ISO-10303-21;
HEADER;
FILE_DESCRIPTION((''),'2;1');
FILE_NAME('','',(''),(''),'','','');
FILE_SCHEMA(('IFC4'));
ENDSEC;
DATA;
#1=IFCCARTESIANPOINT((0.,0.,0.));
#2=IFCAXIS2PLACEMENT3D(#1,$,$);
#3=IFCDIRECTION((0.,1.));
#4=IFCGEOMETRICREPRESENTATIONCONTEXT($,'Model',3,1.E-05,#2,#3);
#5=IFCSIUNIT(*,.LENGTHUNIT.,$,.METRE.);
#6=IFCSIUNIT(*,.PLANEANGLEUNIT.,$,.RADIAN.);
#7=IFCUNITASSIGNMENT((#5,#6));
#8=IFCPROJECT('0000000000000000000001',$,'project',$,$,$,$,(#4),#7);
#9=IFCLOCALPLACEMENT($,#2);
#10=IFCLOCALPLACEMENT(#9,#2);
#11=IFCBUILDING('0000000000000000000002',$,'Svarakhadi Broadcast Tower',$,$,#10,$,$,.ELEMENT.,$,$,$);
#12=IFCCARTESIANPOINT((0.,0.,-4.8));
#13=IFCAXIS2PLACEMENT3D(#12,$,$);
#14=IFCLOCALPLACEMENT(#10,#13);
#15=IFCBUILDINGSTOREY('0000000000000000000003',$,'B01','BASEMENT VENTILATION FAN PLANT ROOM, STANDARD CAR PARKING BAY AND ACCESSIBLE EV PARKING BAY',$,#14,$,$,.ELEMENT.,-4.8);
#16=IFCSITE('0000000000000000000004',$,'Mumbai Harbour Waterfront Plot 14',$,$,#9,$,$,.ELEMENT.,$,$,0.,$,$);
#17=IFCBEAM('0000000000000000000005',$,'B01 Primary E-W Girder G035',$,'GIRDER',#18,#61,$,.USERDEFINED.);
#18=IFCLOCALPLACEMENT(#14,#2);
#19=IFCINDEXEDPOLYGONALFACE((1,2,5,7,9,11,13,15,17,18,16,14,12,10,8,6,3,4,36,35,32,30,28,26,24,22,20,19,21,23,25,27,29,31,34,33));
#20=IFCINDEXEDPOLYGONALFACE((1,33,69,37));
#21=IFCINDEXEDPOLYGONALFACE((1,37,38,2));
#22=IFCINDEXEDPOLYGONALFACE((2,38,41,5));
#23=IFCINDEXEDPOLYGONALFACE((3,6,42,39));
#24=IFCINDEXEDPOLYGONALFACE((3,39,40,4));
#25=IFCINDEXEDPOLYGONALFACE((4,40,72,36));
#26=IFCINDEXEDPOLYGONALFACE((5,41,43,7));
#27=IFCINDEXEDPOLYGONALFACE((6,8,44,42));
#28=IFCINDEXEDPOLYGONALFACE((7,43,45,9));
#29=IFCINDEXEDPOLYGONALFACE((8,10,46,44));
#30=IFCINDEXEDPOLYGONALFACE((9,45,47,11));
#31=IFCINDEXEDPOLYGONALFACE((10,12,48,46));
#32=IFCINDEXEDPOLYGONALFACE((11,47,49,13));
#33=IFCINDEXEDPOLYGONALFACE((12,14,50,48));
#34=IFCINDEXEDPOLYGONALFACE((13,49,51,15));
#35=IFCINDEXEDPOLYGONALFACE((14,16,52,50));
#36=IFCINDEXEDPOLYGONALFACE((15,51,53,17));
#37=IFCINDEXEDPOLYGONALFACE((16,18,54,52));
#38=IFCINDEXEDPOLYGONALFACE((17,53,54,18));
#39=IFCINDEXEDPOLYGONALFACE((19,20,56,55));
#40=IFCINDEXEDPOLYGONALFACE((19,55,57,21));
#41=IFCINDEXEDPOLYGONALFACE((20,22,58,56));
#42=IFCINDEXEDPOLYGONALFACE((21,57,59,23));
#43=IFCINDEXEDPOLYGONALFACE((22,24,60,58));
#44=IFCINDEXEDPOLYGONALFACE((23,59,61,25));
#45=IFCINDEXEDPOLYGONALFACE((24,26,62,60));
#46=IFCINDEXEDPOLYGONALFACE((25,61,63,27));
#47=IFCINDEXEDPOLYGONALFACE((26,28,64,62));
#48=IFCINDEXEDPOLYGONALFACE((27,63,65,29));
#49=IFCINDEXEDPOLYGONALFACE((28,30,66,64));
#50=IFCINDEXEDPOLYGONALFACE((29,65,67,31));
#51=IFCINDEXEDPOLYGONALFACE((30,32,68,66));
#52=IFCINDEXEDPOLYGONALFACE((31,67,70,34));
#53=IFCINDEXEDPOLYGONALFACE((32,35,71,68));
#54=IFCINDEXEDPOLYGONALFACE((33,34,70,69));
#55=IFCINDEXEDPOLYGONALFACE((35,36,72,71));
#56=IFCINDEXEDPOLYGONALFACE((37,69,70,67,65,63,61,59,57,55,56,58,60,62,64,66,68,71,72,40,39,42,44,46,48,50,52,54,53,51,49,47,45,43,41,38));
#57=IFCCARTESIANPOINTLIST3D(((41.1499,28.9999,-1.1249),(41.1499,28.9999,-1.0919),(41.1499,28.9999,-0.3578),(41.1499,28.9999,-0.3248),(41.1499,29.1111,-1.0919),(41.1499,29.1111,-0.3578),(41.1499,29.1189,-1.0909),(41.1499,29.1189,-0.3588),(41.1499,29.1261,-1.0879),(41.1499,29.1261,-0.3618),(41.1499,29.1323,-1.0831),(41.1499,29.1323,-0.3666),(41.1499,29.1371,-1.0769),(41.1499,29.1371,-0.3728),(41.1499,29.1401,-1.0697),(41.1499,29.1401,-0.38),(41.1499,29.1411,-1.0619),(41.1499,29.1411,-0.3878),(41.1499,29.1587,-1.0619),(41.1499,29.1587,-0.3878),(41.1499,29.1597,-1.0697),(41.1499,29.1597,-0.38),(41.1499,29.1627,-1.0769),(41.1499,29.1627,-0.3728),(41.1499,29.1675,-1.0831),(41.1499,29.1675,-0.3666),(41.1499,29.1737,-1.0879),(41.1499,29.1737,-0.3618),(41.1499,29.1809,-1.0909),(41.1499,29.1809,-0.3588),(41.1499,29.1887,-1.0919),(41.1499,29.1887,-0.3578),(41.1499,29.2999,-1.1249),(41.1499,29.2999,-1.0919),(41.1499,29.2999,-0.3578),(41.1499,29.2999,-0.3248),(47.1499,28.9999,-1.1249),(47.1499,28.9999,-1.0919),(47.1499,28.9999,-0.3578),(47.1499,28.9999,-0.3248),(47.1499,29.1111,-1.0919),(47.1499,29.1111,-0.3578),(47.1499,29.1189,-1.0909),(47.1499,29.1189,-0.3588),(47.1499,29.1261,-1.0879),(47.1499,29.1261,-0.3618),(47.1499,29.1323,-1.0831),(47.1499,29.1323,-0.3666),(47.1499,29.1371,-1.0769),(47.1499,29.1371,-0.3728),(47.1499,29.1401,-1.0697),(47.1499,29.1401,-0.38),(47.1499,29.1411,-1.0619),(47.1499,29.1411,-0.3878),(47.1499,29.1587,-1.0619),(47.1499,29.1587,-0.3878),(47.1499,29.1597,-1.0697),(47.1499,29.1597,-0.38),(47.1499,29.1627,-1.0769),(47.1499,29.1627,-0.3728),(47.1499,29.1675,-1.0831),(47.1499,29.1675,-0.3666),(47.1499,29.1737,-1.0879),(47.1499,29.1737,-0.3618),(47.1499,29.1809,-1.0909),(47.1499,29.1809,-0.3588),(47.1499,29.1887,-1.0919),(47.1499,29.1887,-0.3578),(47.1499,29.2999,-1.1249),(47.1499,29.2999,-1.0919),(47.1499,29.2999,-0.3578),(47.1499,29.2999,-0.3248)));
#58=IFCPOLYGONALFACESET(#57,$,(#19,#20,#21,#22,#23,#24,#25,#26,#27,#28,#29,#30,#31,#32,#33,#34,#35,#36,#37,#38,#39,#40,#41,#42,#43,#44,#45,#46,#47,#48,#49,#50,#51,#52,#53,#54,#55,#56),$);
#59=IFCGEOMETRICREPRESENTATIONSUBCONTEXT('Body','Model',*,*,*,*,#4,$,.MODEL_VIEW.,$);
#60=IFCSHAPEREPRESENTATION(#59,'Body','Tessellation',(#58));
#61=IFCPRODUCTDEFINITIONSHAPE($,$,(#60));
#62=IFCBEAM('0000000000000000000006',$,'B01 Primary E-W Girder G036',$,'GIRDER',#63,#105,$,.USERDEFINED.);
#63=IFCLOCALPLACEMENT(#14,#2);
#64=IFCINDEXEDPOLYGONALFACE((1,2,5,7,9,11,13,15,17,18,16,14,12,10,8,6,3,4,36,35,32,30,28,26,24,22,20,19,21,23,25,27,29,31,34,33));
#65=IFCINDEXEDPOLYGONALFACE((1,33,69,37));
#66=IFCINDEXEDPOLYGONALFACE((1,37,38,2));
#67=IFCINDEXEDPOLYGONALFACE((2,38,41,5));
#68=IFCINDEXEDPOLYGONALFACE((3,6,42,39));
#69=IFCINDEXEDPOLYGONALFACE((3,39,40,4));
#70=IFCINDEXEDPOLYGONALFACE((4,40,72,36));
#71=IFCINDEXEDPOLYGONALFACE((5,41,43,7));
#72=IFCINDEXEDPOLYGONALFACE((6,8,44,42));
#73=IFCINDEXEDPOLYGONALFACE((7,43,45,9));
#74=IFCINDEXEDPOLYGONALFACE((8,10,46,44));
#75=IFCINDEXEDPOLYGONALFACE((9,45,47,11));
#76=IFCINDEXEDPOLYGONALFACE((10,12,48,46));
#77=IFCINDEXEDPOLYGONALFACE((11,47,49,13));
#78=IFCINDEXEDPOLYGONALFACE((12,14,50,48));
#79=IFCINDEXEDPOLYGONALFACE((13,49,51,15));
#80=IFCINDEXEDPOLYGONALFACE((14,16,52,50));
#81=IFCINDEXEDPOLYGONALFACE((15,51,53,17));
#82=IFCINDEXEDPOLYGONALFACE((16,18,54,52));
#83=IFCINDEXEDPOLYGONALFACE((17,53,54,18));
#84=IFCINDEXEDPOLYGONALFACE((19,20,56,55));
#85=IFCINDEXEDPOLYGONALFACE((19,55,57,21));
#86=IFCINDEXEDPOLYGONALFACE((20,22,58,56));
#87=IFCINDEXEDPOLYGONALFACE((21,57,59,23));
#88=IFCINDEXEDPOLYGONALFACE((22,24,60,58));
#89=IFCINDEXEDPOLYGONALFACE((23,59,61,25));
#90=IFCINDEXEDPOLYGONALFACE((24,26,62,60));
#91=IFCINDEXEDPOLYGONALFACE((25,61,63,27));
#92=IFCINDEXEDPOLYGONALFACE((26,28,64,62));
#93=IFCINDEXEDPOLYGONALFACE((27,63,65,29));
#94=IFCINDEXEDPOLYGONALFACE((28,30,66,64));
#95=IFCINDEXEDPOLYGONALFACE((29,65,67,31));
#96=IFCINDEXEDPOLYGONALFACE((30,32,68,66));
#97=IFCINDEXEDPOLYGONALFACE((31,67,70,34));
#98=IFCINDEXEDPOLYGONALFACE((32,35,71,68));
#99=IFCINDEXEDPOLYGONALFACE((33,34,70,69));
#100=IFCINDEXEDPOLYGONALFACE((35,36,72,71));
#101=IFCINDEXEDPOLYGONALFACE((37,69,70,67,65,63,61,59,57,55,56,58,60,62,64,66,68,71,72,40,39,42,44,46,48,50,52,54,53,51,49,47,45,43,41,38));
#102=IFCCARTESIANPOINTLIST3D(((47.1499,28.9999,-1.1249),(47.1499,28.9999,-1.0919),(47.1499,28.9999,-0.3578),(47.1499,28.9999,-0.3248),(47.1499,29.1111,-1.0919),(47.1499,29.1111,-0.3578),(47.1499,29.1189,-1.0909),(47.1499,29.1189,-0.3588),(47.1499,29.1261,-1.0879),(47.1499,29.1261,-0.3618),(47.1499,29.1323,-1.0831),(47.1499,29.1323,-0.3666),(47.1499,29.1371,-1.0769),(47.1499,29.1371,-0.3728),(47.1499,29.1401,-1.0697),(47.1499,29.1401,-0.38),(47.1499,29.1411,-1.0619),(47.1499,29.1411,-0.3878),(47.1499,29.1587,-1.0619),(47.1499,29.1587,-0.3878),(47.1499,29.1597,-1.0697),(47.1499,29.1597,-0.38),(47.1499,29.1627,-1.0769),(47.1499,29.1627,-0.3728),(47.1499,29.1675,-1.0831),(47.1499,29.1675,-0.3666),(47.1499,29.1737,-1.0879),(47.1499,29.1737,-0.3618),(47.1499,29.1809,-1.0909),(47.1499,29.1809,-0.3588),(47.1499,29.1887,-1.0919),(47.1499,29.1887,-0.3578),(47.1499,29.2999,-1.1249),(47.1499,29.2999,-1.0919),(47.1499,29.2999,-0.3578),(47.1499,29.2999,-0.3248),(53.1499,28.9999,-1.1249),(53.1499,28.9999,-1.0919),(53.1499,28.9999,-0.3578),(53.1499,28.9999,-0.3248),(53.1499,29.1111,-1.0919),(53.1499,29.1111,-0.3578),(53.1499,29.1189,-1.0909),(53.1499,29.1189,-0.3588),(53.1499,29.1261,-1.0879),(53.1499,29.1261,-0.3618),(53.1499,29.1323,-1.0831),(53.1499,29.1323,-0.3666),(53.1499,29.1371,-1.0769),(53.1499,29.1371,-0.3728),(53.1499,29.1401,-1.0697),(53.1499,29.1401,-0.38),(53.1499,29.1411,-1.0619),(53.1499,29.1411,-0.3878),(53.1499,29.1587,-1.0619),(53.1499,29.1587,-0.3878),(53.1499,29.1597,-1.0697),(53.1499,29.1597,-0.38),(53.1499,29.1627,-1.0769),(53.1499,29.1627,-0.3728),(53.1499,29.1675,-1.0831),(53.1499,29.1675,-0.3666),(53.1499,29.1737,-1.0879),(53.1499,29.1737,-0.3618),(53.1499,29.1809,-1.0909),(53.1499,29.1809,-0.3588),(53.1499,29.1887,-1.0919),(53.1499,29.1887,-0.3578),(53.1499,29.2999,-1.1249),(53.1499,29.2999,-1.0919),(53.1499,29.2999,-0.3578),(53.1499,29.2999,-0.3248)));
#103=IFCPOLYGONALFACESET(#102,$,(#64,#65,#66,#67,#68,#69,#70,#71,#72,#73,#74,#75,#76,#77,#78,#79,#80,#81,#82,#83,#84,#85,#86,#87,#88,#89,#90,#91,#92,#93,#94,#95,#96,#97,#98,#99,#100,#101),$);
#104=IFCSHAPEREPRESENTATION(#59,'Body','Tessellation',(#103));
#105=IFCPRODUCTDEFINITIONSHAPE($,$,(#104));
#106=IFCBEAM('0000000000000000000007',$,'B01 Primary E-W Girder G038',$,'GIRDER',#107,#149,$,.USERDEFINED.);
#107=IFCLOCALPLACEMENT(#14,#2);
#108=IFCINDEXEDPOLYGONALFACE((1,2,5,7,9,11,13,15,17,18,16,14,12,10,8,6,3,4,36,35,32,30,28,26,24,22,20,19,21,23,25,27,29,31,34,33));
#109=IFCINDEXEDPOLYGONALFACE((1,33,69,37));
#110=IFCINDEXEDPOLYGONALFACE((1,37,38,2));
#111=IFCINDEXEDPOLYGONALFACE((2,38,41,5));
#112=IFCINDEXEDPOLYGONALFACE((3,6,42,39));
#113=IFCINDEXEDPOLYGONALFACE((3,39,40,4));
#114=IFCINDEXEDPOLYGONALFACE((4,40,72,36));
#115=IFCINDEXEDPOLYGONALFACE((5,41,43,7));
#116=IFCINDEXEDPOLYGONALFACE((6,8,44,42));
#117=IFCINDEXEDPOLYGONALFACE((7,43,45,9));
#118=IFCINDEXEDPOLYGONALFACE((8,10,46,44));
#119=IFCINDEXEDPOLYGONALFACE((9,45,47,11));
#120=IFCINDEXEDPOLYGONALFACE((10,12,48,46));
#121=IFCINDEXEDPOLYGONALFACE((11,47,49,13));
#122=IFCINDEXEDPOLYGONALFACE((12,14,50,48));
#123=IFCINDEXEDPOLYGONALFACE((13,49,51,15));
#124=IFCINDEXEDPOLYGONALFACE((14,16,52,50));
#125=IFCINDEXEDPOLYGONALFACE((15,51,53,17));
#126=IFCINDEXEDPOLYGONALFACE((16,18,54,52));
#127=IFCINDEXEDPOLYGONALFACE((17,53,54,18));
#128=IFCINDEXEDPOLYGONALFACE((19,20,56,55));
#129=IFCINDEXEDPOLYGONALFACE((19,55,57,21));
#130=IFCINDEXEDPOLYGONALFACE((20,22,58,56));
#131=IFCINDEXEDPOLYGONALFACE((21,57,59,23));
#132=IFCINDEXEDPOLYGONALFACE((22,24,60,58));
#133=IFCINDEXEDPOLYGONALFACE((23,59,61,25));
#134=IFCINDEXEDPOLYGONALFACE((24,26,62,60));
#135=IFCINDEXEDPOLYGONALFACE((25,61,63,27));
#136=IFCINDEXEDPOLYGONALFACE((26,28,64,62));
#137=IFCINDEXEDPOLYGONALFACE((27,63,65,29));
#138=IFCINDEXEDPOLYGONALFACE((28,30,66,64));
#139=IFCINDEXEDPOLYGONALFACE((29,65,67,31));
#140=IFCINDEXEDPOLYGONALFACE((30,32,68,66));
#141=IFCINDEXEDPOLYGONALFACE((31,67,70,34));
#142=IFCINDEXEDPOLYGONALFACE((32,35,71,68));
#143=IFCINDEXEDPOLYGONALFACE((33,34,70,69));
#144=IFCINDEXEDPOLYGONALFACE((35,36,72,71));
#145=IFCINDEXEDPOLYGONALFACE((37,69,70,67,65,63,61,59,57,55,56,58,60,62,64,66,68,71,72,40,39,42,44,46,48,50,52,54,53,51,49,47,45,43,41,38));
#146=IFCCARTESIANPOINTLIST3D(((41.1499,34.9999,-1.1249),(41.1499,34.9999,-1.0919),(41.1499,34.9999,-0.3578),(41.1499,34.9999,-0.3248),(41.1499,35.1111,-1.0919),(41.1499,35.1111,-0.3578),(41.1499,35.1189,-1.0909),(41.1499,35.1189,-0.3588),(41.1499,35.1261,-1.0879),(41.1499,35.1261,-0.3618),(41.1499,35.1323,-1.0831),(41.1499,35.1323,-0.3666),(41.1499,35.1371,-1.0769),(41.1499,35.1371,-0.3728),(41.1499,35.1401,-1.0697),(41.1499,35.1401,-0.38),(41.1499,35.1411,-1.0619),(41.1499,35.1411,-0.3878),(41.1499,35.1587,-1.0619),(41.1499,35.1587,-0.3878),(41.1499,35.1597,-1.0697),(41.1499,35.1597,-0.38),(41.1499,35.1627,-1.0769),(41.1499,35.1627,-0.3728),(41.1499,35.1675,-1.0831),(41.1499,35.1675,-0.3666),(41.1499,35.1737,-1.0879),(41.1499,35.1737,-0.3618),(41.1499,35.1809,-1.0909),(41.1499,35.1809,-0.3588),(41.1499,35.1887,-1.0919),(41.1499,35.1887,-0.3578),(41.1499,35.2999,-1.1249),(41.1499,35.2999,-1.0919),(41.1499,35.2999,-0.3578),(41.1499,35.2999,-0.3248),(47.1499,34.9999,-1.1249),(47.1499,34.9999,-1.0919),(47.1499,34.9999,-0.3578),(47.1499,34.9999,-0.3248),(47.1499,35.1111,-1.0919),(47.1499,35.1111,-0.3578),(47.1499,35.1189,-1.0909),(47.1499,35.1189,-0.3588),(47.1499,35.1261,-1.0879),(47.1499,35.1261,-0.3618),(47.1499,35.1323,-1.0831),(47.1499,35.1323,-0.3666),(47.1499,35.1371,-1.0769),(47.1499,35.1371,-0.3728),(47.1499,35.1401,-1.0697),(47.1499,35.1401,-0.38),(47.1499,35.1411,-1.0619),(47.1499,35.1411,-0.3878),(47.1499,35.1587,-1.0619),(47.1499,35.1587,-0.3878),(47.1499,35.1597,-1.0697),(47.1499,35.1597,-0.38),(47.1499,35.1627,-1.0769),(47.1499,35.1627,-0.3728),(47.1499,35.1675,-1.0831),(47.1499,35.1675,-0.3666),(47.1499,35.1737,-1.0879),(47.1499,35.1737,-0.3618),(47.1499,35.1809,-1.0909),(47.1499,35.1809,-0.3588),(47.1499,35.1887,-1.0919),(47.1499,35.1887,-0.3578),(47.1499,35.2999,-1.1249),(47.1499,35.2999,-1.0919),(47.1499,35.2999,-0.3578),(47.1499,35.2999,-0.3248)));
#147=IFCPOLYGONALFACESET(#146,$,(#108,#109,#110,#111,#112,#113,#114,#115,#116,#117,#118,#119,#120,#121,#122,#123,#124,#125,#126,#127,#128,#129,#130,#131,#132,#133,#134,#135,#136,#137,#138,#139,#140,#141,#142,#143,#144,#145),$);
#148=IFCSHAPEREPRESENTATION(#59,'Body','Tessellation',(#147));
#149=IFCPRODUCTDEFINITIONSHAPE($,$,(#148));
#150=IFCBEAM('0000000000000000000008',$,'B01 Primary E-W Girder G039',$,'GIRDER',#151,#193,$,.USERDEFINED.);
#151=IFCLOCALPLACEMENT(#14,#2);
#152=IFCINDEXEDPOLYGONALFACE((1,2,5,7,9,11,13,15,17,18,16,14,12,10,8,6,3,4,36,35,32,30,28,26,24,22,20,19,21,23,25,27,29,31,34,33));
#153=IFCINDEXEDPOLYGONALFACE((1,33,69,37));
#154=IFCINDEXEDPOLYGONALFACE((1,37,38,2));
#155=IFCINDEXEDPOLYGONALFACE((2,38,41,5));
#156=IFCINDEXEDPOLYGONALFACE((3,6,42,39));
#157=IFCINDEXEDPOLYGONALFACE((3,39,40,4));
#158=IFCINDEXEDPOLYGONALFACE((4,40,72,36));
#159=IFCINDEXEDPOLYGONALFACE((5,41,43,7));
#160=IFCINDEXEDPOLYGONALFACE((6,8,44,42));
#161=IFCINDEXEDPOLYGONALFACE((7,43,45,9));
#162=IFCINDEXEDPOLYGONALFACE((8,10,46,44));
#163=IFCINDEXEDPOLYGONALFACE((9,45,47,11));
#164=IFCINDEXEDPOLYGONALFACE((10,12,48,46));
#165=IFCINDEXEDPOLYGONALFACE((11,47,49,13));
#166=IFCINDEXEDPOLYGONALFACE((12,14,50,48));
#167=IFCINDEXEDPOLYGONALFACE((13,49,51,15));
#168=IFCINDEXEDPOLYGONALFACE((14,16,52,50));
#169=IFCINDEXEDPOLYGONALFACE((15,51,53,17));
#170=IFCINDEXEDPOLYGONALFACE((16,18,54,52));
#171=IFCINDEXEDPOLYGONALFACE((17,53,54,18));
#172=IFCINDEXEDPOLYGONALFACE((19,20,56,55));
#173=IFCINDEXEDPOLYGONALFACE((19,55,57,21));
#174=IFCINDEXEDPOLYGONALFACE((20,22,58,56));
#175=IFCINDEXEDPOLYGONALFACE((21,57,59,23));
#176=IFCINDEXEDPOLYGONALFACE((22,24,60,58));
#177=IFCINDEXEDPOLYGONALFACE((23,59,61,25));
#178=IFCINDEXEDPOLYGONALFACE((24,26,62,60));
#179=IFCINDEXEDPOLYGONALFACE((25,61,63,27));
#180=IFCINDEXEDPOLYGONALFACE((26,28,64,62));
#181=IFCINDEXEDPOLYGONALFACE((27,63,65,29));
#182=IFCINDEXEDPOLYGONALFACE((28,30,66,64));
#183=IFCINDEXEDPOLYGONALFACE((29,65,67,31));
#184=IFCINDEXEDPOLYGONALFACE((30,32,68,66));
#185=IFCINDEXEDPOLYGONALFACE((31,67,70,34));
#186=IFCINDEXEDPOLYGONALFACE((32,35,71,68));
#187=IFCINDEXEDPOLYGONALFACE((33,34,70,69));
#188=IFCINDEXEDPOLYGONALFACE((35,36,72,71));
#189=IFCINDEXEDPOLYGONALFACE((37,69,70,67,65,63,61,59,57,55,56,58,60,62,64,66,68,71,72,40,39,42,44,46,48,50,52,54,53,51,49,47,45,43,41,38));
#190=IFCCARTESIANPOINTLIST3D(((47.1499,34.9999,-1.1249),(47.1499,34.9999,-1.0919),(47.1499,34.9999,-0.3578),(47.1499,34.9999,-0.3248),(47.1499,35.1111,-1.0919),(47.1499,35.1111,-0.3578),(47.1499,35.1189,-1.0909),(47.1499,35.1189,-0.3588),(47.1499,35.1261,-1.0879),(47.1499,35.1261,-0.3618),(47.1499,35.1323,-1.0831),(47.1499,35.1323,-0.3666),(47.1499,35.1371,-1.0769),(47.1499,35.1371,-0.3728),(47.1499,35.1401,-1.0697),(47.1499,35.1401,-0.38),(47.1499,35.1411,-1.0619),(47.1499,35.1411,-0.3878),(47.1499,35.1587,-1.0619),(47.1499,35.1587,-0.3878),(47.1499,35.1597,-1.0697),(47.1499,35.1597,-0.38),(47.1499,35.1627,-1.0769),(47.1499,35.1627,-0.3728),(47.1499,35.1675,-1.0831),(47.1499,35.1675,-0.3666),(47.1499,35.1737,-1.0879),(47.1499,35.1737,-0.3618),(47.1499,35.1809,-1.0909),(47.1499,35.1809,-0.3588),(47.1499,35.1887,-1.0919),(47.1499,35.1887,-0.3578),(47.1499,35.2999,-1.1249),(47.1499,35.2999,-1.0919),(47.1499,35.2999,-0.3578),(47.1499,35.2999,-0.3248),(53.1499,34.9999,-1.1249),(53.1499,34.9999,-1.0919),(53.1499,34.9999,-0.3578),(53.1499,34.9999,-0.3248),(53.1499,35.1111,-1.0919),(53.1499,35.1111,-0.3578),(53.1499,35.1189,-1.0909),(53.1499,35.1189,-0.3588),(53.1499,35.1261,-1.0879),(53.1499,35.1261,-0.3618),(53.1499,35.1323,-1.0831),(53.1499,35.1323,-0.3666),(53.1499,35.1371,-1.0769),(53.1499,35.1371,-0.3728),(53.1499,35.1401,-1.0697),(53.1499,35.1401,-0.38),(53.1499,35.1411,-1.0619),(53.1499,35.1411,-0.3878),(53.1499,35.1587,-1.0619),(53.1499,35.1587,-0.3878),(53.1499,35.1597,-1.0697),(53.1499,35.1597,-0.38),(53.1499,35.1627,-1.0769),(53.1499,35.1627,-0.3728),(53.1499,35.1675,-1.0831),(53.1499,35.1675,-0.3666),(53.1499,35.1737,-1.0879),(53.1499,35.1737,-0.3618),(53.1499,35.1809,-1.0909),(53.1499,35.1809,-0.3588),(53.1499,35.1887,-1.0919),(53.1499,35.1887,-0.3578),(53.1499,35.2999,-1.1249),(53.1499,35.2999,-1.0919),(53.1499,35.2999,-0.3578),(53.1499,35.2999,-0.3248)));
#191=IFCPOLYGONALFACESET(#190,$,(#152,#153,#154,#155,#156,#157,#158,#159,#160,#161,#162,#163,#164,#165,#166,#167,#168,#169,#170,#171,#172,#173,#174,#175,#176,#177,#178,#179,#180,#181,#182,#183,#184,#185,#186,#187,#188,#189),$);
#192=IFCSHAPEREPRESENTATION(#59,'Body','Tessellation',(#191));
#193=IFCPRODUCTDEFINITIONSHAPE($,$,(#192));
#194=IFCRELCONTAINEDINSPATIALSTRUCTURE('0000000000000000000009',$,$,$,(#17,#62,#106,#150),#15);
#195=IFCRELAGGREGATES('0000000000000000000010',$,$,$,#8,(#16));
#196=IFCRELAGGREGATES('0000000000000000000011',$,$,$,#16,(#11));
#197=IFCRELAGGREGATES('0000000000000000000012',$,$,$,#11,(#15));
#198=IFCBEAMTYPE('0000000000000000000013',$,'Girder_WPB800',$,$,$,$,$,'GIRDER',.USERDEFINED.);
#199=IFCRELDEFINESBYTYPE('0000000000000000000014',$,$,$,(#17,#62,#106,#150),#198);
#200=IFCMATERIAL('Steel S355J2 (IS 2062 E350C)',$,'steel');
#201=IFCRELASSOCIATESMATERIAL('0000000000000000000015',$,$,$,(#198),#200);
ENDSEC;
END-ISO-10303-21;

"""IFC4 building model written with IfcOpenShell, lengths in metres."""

from ifc_helpers import new_model, si_unit, direction, frame, origin, origin_2d, place, context, subcontext, project, spatial, i_section, extrude, material, material_profile, profile_set, type_object, element, save


model = new_model("IFC4")

# Units and contexts
model_context = context("Model", 3, precision=1e-05, world=origin(), true_north=direction((0.0, 1.0)))
body_context = subcontext(model_context, "Body", "Model", "MODEL_VIEW")
ifc_project = project(units=[si_unit("LENGTHUNIT", "METRE"), si_unit("PLANEANGLEUNIT", "RADIAN")], contexts=[model_context])

# Site, building, storey
site_placement = place(None, origin())
site = spatial("IfcSite", under=ifc_project, at=site_placement, Name="Mumbai Harbour Waterfront Plot 14", CompositionType="ELEMENT", RefElevation=0.0)
building_placement = place(site_placement, origin())
building = spatial("IfcBuilding", under=site, at=building_placement, Name="Svarakhadi Broadcast Tower", CompositionType="ELEMENT")
storey_placement = place(building_placement, frame((0.0, 0.0, -4.8)))
storey = spatial("IfcBuildingStorey", under=building, at=storey_placement, Name="B01", Description="BASEMENT VENTILATION FAN PLANT ROOM, STANDARD CAR PARKING BAY AND ACCESSIBLE EV PARKING BAY", CompositionType="ELEMENT", Elevation=-4.8)

# Beams
ifc_material_1 = material(Name="Steel S355J2 (IS 2062 E350C)", Category="steel")
ifc_material_profile_1 = material_profile(ifc_material_1, i_section(OverallWidth=0.3, OverallDepth=0.8, WebThickness=0.0176, FlangeThickness=0.033, FilletRadius=0.03, at=origin_2d()), Name="WPB 800x300x262")
ifc_profile_set_1 = profile_set([ifc_material_profile_1], Name="Steel S355J2 (IS 2062 E350C)")
beam_type_1 = type_object("IfcBeamType", Name="Girder_WPB800", ElementType="GIRDER", PredefinedType="USERDEFINED", material=ifc_profile_set_1)
for number, where, z_axis, x_axis, name in (
    (1, (41.1499, 29.1499, -0.7249), (1.0, 0.0, 0.0), (0.0, 1.0, 0.0), "B01 Primary E-W Girder G035"),
    (2, (47.1499, 29.1499, -0.7249), (1.0, 0.0, 0.0), (0.0, 1.0, 0.0), "B01 Primary E-W Girder G036"),
    (3, (41.1499, 35.1499, -0.7249), (1.0, 0.0, 0.0), (0.0, 1.0, 0.0), "B01 Primary E-W Girder G038"),
    (4, (47.1499, 35.1499, -0.7249), (1.0, 0.0, 0.0), (0.0, 1.0, 0.0), "B01 Primary E-W Girder G039"),
):
    element("IfcBeam", number, at=place(storey_placement, frame(where, z_axis=z_axis, x_axis=x_axis)), inside=storey, type_object=beam_type_1, Name=name, ObjectType="GIRDER", PredefinedType="USERDEFINED", context=body_context, shape_type="SweptSolid", body=[
        extrude(i_section(OverallWidth=0.3, OverallDepth=0.8, WebThickness=0.0176, FlangeThickness=0.033, FilletRadius=0.03, at=origin_2d()), origin(), (0.0, 0.0, 1.0), 6.0),
    ])

save(model, "model.ifc")
